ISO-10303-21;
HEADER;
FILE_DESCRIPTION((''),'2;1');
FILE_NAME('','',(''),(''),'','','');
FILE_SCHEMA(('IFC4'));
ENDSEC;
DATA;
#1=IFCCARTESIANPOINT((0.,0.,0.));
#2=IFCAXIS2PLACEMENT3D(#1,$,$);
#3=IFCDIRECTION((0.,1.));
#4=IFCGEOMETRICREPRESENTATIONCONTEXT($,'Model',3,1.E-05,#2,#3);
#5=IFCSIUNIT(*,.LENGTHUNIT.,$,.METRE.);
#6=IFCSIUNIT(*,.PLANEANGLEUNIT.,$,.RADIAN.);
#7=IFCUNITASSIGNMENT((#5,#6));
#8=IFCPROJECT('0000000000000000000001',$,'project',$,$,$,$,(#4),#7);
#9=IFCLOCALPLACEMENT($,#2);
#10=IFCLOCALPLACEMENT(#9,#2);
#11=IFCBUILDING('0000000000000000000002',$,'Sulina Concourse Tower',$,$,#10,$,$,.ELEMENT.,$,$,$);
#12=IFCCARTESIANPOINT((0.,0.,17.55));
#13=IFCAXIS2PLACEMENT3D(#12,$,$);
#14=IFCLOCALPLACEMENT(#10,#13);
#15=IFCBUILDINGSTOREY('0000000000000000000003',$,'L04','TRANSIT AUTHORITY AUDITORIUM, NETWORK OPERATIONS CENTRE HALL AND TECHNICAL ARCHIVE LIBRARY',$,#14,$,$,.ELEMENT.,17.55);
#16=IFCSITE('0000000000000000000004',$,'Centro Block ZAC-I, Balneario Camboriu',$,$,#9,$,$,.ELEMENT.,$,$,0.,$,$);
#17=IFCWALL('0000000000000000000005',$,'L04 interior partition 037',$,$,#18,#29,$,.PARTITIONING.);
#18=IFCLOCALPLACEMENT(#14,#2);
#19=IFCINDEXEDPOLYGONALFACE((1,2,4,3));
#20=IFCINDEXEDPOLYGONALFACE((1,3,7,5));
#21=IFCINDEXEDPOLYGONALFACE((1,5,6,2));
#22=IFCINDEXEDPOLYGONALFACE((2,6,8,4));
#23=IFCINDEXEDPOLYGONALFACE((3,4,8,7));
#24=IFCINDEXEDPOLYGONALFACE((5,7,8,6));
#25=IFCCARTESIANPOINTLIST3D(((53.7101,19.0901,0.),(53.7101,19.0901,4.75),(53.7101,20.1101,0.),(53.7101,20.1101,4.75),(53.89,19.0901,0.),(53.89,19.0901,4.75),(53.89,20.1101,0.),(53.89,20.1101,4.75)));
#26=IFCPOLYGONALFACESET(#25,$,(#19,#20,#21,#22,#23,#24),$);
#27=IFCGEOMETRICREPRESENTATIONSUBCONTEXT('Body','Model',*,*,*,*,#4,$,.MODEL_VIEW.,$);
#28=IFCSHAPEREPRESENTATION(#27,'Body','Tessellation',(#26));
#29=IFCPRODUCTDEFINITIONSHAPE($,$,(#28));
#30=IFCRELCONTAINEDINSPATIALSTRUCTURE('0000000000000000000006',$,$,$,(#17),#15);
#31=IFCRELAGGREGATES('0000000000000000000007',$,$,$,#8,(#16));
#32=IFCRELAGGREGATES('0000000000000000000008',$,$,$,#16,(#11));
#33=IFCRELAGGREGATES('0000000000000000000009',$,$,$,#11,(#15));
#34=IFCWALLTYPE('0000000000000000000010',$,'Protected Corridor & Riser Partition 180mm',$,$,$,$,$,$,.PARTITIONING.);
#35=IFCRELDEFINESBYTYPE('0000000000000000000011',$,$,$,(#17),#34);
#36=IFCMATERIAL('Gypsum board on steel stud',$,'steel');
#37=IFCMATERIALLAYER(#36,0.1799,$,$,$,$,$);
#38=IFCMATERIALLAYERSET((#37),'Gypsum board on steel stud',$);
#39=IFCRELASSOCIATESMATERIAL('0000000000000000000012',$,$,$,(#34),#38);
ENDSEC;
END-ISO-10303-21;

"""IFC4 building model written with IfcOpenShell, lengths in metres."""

from ifc_helpers import new_model, si_unit, direction, frame, frame_2d, origin, place, context, subcontext, project, spatial, rectangle, extrude, material, layer, layer_set, type_object, element, save


model = new_model("IFC4")

# Units and contexts
model_context = context("Model", 3, precision=1e-05, world=origin(), true_north=direction((0.0, 1.0)))
body_context = subcontext(model_context, "Body", "Model", "MODEL_VIEW")
ifc_project = project(units=[si_unit("LENGTHUNIT", "METRE"), si_unit("PLANEANGLEUNIT", "RADIAN")], contexts=[model_context])

# Site, building, storey
site_placement = place(None, origin())
site = spatial("IfcSite", under=ifc_project, at=site_placement, Name="Centro Block ZAC-I, Balneario Camboriu", CompositionType="ELEMENT", RefElevation=0.0)
building_placement = place(site_placement, origin())
building = spatial("IfcBuilding", under=site, at=building_placement, Name="Sulina Concourse Tower", CompositionType="ELEMENT")
storey_placement = place(building_placement, frame((0.0, 0.0, 17.55)))
storey = spatial("IfcBuildingStorey", under=building, at=storey_placement, Name="L04", Description="TRANSIT AUTHORITY AUDITORIUM, NETWORK OPERATIONS CENTRE HALL AND TECHNICAL ARCHIVE LIBRARY", CompositionType="ELEMENT", Elevation=17.55)

# Shared definitions
ifc_material_1 = material(Name="Gypsum board on steel stud", Category="steel")
ifc_layer_1 = layer(ifc_material_1, 0.1799)
ifc_layer_set_1 = layer_set([ifc_layer_1], Name="Gypsum board on steel stud")
wall_type_1 = type_object("IfcWallType", Name="Protected Corridor & Riser Partition 180mm", PredefinedType="PARTITIONING", material=ifc_layer_set_1)

# Wall
wall_1_placement = place(storey_placement, frame((53.8, 19.0901, 0.0), z_axis=(0.0, 0.0, 1.0), x_axis=(0.0, 1.0, 0.0)))
element("IfcWall", 1, at=wall_1_placement, inside=storey, type_object=wall_type_1, Name="L04 interior partition 037", PredefinedType="PARTITIONING", context=body_context, shape_type="SweptSolid", body=[
    extrude(rectangle(XDim=1.02, YDim=0.1799, at=frame_2d((0.51, 0.0))), origin(), (0.0, 0.0, 1.0), 4.75),
])

save(model, "model.ifc")
